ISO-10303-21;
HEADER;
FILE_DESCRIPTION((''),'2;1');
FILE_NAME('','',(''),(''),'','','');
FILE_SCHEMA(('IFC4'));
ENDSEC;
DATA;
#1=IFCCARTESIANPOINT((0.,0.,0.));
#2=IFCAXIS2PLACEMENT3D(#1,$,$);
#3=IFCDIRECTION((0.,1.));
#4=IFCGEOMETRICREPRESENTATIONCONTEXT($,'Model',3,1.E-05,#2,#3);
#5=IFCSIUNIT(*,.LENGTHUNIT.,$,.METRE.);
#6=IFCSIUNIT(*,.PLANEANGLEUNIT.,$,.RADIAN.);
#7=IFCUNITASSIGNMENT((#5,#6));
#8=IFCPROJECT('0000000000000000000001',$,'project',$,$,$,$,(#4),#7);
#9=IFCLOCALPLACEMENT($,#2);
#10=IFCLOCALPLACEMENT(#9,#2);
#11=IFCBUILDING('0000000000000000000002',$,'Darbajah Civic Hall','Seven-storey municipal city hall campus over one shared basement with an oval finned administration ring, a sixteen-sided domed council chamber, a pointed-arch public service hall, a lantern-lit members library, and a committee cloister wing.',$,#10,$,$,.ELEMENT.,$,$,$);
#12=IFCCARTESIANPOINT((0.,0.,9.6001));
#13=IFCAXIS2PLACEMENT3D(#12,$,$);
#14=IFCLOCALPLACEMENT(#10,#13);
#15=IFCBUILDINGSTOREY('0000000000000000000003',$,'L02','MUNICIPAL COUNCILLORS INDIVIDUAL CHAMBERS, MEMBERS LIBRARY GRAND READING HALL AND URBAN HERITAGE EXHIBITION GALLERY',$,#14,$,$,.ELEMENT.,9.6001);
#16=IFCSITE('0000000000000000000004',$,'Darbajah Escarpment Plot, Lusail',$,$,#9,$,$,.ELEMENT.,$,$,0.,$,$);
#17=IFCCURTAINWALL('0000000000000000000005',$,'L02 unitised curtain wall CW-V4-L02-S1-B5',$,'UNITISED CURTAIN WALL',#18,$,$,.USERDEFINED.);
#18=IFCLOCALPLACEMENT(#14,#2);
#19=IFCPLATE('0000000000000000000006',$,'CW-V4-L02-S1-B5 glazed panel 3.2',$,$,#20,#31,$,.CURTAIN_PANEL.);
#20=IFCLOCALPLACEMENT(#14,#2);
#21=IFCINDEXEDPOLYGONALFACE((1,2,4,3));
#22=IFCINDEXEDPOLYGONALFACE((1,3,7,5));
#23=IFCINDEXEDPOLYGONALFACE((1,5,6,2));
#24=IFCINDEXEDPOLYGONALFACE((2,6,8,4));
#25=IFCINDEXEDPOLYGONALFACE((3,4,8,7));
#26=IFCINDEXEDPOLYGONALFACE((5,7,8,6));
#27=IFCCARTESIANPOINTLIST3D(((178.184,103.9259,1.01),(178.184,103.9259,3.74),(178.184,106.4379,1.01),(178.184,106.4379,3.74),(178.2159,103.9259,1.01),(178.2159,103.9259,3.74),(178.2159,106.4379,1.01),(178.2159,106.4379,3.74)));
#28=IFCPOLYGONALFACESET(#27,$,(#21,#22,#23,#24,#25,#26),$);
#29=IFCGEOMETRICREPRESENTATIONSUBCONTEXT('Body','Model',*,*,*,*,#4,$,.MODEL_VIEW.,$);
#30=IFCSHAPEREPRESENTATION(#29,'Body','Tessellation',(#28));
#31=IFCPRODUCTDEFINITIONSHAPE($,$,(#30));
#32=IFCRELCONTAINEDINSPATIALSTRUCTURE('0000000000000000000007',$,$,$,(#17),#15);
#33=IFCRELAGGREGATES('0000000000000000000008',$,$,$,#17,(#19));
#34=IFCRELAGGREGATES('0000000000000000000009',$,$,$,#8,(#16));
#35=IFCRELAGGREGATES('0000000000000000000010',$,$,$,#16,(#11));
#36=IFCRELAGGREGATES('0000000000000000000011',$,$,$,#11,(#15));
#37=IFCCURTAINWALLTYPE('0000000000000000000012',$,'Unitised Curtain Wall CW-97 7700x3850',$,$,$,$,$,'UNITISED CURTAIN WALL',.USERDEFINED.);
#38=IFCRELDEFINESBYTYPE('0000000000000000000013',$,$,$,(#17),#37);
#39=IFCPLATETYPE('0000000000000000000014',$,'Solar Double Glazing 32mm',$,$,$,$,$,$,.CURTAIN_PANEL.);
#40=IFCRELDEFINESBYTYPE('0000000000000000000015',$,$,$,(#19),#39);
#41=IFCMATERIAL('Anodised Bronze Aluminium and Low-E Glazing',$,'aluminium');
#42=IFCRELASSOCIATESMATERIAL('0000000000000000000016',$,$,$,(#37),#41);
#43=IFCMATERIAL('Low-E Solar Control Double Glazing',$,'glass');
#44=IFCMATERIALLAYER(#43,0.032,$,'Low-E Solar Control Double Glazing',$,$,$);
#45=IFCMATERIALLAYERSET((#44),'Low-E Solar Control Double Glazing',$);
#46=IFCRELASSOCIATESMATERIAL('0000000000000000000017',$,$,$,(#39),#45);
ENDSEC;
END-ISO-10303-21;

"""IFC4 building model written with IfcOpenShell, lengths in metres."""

from ifc_helpers import new_model, si_unit, direction, frame, origin, origin_2d, place, context, subcontext, project, spatial, rectangle, extrude, material, layer, layer_set, type_object, element, aggregate, save


model = new_model("IFC4")

# Units and contexts
model_context = context("Model", 3, precision=1e-05, world=origin(), true_north=direction((0.0, 1.0)))
body_context = subcontext(model_context, "Body", "Model", "MODEL_VIEW")
ifc_project = project(units=[si_unit("LENGTHUNIT", "METRE"), si_unit("PLANEANGLEUNIT", "RADIAN")], contexts=[model_context])

# Site, building, storey
site_placement = place(None, origin())
site = spatial("IfcSite", under=ifc_project, at=site_placement, Name="Darbajah Escarpment Plot, Lusail", CompositionType="ELEMENT", RefElevation=0.0)
building_placement = place(site_placement, origin())
building = spatial("IfcBuilding", under=site, at=building_placement, Name="Darbajah Civic Hall", Description="Seven-storey municipal city hall campus over one shared basement with an oval finned administration ring, a sixteen-sided domed council chamber, a pointed-arch public service hall, a lantern-lit members library, and a committee cloister wing.", CompositionType="ELEMENT")
storey_placement = place(building_placement, frame((0.0, 0.0, 9.6001)))
storey = spatial("IfcBuildingStorey", under=building, at=storey_placement, Name="L02", Description="MUNICIPAL COUNCILLORS INDIVIDUAL CHAMBERS, MEMBERS LIBRARY GRAND READING HALL AND URBAN HERITAGE EXHIBITION GALLERY", CompositionType="ELEMENT", Elevation=9.6001)

# Curtain wall
ifc_material_1 = material(Name="Anodised Bronze Aluminium and Low-E Glazing", Category="aluminium")
curtain_wall_type = type_object("IfcCurtainWallType", Name="Unitised Curtain Wall CW-97 7700x3850", ElementType="UNITISED CURTAIN WALL", PredefinedType="USERDEFINED", material=ifc_material_1)
curtain_wall_1_placement = place(storey_placement, origin())
curtain_wall_1 = element("IfcCurtainWall", 1, at=curtain_wall_1_placement, inside=storey, type_object=curtain_wall_type, Name="L02 unitised curtain wall CW-V4-L02-S1-B5", ObjectType="UNITISED CURTAIN WALL", PredefinedType="USERDEFINED")

# Plate
ifc_material_2 = material(Name="Low-E Solar Control Double Glazing", Category="glass")
ifc_layer = layer(ifc_material_2, 0.032, Name="Low-E Solar Control Double Glazing")
ifc_layer_set = layer_set([ifc_layer], Name="Low-E Solar Control Double Glazing")
plate_type = type_object("IfcPlateType", Name="Solar Double Glazing 32mm", PredefinedType="CURTAIN_PANEL", material=ifc_layer_set)
plate_1_placement = place(storey_placement, frame((178.2, 105.1819, 1.01), z_axis=(0.0, 0.0, 1.0), x_axis=(0.0, 1.0, 0.0)))
plate_1 = element("IfcPlate", 2, at=plate_1_placement, type_object=plate_type, Name="CW-V4-L02-S1-B5 glazed panel 3.2", PredefinedType="CURTAIN_PANEL", context=body_context, shape_type="SweptSolid", body=[
    extrude(rectangle(XDim=2.512, YDim=0.032, at=origin_2d()), origin(), (0.0, 0.0, 1.0), 2.73),
])
aggregate(curtain_wall_1, [plate_1])

save(model, "model.ifc")
